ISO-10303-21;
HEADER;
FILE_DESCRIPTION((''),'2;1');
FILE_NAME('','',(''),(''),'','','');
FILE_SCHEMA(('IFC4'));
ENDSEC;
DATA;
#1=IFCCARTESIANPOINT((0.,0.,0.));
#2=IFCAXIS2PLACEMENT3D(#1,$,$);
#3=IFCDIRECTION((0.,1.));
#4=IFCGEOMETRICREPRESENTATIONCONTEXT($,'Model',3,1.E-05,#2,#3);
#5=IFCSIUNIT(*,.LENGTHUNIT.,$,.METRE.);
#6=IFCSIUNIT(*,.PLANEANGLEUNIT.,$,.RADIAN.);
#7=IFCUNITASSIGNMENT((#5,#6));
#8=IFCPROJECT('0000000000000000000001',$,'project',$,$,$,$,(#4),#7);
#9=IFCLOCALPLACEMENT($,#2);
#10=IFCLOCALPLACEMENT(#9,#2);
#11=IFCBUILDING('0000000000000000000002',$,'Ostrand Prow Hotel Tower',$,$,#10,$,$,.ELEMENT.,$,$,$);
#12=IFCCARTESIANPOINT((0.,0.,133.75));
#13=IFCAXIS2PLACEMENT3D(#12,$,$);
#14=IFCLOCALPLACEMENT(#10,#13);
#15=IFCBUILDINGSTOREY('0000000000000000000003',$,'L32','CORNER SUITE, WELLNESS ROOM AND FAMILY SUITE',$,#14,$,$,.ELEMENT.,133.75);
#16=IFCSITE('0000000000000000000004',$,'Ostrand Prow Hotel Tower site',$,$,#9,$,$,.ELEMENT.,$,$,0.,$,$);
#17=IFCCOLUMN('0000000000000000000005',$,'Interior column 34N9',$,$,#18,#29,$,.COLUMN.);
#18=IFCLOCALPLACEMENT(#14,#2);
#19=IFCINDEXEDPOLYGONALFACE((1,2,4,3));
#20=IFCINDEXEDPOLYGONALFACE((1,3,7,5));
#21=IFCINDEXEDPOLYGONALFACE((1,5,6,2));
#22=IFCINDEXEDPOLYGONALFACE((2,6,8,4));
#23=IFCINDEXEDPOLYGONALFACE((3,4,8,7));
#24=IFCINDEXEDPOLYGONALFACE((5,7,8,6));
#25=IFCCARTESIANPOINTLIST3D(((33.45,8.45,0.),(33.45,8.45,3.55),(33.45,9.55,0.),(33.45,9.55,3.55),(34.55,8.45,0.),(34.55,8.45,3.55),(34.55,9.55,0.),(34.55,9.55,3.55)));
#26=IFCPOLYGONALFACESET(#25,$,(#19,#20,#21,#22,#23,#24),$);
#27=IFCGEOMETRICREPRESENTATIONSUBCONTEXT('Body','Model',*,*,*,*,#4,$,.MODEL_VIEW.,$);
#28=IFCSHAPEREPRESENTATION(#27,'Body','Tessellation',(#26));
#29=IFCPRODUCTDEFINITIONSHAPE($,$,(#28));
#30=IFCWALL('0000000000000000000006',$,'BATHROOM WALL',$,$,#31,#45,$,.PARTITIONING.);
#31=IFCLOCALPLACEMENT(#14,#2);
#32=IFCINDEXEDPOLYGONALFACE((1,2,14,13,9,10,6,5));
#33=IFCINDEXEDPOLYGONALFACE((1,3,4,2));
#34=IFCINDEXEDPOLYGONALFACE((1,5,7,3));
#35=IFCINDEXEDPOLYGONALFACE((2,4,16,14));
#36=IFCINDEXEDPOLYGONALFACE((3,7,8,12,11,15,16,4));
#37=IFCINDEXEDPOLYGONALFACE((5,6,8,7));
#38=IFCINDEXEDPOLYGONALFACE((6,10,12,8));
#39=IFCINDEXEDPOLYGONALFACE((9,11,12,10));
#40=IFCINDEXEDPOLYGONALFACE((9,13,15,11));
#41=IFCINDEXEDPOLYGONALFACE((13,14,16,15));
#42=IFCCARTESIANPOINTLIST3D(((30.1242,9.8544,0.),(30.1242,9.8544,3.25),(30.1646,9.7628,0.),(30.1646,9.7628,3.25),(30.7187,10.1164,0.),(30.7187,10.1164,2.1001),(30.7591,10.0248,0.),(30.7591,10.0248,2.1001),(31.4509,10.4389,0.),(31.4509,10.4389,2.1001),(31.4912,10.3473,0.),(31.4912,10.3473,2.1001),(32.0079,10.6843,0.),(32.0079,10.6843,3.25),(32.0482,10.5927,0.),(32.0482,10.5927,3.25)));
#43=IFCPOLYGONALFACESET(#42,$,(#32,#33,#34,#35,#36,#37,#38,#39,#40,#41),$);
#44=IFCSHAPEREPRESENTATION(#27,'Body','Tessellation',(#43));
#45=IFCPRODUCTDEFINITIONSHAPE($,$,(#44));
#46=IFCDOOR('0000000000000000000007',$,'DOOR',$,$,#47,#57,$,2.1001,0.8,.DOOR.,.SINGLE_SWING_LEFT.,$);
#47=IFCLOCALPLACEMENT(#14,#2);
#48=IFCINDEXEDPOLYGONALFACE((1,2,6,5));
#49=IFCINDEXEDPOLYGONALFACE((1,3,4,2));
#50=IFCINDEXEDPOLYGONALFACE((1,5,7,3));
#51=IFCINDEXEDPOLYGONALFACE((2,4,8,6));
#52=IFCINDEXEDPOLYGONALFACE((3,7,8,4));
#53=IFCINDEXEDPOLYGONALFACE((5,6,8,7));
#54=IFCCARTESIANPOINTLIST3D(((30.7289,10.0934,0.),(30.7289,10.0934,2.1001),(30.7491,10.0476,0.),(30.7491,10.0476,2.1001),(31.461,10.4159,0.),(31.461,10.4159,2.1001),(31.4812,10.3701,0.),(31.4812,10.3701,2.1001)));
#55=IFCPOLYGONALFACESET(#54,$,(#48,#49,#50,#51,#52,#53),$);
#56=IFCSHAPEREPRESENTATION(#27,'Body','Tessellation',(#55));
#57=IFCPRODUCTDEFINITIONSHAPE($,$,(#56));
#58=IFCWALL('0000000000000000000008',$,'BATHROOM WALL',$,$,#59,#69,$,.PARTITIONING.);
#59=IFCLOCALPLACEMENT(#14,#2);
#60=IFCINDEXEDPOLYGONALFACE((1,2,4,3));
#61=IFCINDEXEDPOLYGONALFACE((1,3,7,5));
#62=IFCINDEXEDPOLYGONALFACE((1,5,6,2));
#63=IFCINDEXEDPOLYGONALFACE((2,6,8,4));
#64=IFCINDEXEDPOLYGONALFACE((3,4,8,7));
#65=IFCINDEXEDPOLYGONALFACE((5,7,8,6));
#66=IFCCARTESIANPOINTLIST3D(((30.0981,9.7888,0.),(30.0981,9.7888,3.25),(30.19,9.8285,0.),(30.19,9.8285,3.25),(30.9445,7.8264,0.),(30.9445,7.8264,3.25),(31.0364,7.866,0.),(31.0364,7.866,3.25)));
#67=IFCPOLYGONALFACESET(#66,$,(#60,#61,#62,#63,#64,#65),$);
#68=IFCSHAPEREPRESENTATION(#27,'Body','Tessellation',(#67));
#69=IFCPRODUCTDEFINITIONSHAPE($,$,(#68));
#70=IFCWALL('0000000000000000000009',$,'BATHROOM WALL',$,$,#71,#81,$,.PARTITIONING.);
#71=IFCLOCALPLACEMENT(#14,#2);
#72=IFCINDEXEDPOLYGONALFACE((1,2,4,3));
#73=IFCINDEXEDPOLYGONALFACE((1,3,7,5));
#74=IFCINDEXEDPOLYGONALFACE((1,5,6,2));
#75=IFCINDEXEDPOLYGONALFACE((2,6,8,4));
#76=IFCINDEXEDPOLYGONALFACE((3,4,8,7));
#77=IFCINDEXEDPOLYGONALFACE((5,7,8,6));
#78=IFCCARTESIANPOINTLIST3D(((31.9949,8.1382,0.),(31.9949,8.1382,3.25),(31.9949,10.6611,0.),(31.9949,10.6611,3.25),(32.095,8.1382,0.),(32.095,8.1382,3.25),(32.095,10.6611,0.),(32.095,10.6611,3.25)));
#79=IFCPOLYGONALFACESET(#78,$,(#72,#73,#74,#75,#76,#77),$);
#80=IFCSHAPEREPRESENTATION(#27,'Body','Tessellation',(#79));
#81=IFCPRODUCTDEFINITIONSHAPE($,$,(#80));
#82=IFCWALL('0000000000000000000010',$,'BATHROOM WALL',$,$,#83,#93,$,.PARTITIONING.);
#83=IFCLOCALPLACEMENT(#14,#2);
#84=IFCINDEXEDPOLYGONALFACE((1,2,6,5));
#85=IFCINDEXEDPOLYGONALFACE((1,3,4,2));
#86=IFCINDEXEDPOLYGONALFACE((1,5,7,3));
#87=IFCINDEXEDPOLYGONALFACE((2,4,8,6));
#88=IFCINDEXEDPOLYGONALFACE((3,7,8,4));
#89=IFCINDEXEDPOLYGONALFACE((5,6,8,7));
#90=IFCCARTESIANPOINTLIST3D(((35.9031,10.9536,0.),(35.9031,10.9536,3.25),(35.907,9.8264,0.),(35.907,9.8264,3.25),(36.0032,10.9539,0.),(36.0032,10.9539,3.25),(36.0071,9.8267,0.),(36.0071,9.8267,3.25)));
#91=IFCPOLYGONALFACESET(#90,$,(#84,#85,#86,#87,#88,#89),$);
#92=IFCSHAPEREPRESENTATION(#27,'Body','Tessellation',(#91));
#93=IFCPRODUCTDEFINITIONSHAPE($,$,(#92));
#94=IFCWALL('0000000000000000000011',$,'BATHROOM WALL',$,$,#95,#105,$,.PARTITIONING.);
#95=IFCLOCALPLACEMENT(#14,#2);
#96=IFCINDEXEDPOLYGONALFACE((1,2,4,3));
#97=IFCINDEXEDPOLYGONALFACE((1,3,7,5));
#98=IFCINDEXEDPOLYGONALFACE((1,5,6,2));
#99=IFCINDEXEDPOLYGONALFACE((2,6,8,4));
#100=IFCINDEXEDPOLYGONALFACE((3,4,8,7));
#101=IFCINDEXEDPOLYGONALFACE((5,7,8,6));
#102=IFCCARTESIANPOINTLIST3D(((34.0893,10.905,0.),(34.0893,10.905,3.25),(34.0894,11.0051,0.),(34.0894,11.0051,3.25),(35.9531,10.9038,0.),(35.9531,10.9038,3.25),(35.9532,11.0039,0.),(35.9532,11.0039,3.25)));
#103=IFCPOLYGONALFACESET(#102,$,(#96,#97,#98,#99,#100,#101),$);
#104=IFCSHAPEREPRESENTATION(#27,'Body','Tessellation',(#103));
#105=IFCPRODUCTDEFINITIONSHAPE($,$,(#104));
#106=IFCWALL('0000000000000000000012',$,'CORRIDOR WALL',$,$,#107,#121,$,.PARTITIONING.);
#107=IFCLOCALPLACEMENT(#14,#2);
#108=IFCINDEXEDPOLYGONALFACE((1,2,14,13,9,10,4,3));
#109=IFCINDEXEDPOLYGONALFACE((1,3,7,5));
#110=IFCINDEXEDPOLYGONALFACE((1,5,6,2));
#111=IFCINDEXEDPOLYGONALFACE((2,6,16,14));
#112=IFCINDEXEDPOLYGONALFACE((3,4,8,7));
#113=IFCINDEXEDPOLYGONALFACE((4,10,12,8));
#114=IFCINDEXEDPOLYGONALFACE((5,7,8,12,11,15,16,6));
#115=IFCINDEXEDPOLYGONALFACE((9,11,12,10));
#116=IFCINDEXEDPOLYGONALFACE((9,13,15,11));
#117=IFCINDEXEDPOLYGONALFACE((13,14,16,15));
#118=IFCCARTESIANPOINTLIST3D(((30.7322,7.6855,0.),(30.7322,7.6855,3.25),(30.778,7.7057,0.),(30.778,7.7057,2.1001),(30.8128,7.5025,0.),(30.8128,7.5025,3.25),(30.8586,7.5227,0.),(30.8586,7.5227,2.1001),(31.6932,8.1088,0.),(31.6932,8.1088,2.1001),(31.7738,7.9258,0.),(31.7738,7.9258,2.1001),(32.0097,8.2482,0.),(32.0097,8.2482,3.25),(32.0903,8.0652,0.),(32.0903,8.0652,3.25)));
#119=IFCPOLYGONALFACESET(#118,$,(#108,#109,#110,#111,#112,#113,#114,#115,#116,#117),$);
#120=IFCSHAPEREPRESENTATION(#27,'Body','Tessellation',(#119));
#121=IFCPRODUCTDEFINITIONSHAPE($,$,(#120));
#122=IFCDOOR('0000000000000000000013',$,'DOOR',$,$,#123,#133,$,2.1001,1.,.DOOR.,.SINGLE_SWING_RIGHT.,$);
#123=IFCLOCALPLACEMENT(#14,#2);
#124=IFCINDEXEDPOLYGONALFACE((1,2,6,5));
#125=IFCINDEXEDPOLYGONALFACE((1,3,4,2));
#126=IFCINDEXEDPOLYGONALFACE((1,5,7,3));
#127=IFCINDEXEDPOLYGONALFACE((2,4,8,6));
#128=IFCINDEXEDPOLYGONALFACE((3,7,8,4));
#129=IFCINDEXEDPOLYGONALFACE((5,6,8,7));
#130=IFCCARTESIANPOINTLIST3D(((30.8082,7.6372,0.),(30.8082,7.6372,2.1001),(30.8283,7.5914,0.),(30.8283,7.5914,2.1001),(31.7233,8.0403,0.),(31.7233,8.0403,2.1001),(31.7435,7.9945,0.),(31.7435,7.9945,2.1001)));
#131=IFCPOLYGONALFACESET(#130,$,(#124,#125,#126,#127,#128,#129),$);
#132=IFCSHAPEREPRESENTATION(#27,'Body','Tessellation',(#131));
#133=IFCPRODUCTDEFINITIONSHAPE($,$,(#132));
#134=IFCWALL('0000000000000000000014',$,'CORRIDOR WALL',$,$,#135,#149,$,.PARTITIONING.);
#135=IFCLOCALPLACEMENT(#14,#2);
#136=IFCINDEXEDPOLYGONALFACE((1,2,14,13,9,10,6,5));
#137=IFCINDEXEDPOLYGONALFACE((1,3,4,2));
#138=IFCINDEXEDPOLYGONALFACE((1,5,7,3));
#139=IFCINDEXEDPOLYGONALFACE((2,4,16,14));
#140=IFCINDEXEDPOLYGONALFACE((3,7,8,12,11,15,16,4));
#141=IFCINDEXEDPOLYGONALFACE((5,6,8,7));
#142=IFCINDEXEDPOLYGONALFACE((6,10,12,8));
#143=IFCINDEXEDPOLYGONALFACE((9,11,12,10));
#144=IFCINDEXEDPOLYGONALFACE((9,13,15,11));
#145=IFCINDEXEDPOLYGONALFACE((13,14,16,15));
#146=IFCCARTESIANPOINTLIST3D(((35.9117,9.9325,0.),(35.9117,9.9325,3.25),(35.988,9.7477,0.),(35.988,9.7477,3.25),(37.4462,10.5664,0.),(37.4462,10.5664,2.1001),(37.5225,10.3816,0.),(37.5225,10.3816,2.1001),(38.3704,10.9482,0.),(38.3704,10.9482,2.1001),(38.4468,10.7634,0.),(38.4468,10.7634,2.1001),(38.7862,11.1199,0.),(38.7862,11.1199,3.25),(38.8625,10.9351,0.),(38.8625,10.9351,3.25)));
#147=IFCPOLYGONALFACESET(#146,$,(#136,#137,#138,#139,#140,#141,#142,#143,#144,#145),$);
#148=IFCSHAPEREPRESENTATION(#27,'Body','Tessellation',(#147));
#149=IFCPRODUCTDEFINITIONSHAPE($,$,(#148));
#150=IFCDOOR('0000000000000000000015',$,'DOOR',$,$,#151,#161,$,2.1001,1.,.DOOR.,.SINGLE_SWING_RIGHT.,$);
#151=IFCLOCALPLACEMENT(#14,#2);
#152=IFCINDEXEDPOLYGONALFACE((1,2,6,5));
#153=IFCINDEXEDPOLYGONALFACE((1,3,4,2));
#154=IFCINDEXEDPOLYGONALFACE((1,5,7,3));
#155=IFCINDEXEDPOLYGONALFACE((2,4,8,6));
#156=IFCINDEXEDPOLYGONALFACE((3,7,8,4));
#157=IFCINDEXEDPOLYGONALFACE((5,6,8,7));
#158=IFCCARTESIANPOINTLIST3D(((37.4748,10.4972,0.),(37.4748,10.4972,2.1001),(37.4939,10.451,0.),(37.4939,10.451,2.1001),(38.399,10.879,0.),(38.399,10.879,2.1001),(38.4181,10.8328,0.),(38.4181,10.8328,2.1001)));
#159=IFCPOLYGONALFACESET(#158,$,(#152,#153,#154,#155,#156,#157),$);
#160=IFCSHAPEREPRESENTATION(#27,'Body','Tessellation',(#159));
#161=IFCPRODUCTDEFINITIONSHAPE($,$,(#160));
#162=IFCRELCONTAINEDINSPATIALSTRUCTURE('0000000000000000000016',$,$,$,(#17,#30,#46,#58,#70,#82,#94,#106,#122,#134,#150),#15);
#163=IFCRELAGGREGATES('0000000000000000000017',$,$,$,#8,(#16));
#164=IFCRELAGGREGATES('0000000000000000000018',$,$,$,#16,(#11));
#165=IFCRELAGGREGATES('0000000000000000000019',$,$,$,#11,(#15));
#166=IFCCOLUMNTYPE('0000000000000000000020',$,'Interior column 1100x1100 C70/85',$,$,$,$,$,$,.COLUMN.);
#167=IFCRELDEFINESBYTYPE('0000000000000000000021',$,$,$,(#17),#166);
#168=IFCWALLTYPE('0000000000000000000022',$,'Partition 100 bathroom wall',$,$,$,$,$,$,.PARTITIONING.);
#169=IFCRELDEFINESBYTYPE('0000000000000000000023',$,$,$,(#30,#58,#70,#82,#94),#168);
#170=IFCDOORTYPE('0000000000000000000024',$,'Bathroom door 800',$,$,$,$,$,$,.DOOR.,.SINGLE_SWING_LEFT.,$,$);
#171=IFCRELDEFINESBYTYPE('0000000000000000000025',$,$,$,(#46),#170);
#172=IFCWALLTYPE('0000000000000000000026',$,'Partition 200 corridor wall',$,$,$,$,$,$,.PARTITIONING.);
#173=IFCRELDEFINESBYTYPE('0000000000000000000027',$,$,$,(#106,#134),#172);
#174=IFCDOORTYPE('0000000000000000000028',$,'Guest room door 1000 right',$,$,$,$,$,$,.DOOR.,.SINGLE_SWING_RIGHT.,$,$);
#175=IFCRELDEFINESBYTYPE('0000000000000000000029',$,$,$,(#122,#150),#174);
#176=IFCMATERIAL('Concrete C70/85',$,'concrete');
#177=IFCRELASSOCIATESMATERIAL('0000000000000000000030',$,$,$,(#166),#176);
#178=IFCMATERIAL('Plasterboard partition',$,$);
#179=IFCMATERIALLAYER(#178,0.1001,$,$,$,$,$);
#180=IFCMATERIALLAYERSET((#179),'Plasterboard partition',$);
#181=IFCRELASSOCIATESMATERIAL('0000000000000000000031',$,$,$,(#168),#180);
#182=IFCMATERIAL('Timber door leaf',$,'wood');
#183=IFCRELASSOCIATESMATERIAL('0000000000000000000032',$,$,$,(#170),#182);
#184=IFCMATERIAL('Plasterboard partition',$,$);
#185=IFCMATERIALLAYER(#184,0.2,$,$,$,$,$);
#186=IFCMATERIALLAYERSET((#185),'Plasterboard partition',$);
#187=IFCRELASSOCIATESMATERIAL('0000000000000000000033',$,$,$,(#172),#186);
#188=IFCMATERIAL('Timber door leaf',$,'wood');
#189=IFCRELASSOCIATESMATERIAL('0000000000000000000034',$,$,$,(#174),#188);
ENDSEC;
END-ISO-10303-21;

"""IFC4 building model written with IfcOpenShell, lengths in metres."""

from ifc_helpers import new_model, si_unit, direction, frame, frame_2d, origin, origin_2d, place, context, subcontext, project, spatial, rectangle, extrude, material, layer, layer_set, material_profile, profile_set, type_object, element, fill, save


model = new_model("IFC4")

# Units and contexts
model_context = context("Model", 3, precision=1e-05, world=origin(), true_north=direction((0.0, 1.0)))
body_context = subcontext(model_context, "Body", "Model", "MODEL_VIEW")
ifc_project = project(units=[si_unit("LENGTHUNIT", "METRE"), si_unit("PLANEANGLEUNIT", "RADIAN")], contexts=[model_context])

# Site, building, storey
site_placement = place(None, origin())
site = spatial("IfcSite", under=ifc_project, at=site_placement, Name="Ostrand Prow Hotel Tower site", CompositionType="ELEMENT", RefElevation=0.0)
building_placement = place(site_placement, origin())
building = spatial("IfcBuilding", under=site, at=building_placement, Name="Ostrand Prow Hotel Tower", CompositionType="ELEMENT")
storey_placement = place(building_placement, frame((0.0, 0.0, 133.75)))
storey = spatial("IfcBuildingStorey", under=building, at=storey_placement, Name="L32", Description="CORNER SUITE, WELLNESS ROOM AND FAMILY SUITE", CompositionType="ELEMENT", Elevation=133.75)

# Column
ifc_material_1 = material(Name="Concrete C70/85", Category="concrete")
ifc_material_profile = material_profile(ifc_material_1, rectangle(XDim=1.1001, YDim=1.1001, at=origin_2d()), Name="RC 1100x1100")
ifc_profile_set = profile_set([ifc_material_profile], Name="Concrete C70/85")
column_type = type_object("IfcColumnType", Name="Interior column 1100x1100 C70/85", PredefinedType="COLUMN", material=ifc_profile_set)
column_placement = place(storey_placement, frame((34.0, 9.0, 0.0), z_axis=(0.0, 0.0, 1.0), x_axis=(1.0, 0.0, 0.0)))
element("IfcColumn", 1, at=column_placement, inside=storey, type_object=column_type, Name="Interior column 34N9", PredefinedType="COLUMN", context=body_context, shape_type="SweptSolid", body=[
    extrude(rectangle(XDim=1.1001, YDim=1.1001, at=origin_2d()), origin(), (0.0, 0.0, 1.0), 3.55),
])

# Wall, opening, door
ifc_material_2 = material(Name="Plasterboard partition")
ifc_layer_1 = layer(ifc_material_2, 0.1001)
ifc_layer_set_1 = layer_set([ifc_layer_1], Name="Plasterboard partition")
wall_type_1 = type_object("IfcWallType", Name="Partition 100 bathroom wall", PredefinedType="PARTITIONING", material=ifc_layer_set_1)
wall_1_placement = place(storey_placement, frame((30.1443, 9.8086, 0.0), z_axis=(0.0, 0.0, 1.0), x_axis=(0.915123, 0.403176, 0.0)))
wall_1 = element("IfcWall", 2, at=wall_1_placement, inside=storey, type_object=wall_type_1, Name="BATHROOM WALL", PredefinedType="PARTITIONING", context=body_context, shape_type="SweptSolid", body=[
    extrude(rectangle(XDim=2.0583, YDim=0.1001, at=frame_2d((1.0293, 0.0))), origin(), (0.0, 0.0, 1.0), 3.25),
])
opening_1_placement = place(wall_1_placement, frame((0.6499, 0.0, 0.0)))
opening_1 = element("IfcOpeningElement", 3, at=opening_1_placement, cuts=wall_1, PredefinedType="OPENING", context=body_context, shape_type="SweptSolid", body=[
    extrude(rectangle(XDim=0.8, YDim=2.1001, at=frame_2d((0.3999, 1.05))), frame((0.0, 0.0601, 0.0), z_axis=(0.0, -1.0, 0.0), x_axis=(1.0, 0.0, 0.0)), (0.0, 0.0, 1.0), 0.1201),
])
ifc_material_3 = material(Name="Timber door leaf", Category="wood")
door_type_1 = type_object("IfcDoorType", Name="Bathroom door 800", OperationType="SINGLE_SWING_LEFT", PredefinedType="DOOR", material=ifc_material_3)
door_1_placement = place(opening_1_placement, origin())
door_1 = element("IfcDoor", 4, at=door_1_placement, inside=storey, type_object=door_type_1, Name="DOOR", OperationType="SINGLE_SWING_LEFT", OverallHeight=2.1001, OverallWidth=0.8, PredefinedType="DOOR", context=body_context, shape_type="SweptSolid", body=[
    extrude(rectangle(XDim=0.8, YDim=2.1001, at=frame_2d((0.3999, 1.05))), frame((0.0, 0.0249, 0.0), z_axis=(0.0, -1.0, 0.0), x_axis=(1.0, 0.0, 0.0)), (0.0, 0.0, 1.0), 0.05),
])
fill(opening_1, door_1)

# Walls
wall_2_placement = place(storey_placement, frame((30.9905, 7.8462, 0.0), z_axis=(0.0, 0.0, 1.0), x_axis=(-0.396055, 0.918227, 0.0)))
element("IfcWall", 5, at=wall_2_placement, inside=storey, type_object=wall_type_1, Name="BATHROOM WALL", PredefinedType="PARTITIONING", context=body_context, shape_type="SweptSolid", body=[
    extrude(rectangle(XDim=2.1372, YDim=0.1001, at=frame_2d((1.0686, 0.0))), origin(), (0.0, 0.0, 1.0), 3.25),
])
wall_3_placement = place(storey_placement, frame((32.0449, 10.6611, 0.0), z_axis=(0.0, 0.0, 1.0), x_axis=(0.0, -1.0, 0.0)))
element("IfcWall", 6, at=wall_3_placement, inside=storey, type_object=wall_type_1, Name="BATHROOM WALL", PredefinedType="PARTITIONING", context=body_context, shape_type="SweptSolid", body=[
    extrude(rectangle(XDim=2.5229, YDim=0.1001, at=frame_2d((1.2615, 0.0))), origin(), (0.0, 0.0, 1.0), 3.25),
])
wall_4_placement = place(storey_placement, frame((35.957, 9.8267, 0.0), z_axis=(0.0, 0.0, 1.0), x_axis=(-0.003465, 0.999994, 0.0)))
element("IfcWall", 7, at=wall_4_placement, inside=storey, type_object=wall_type_1, Name="BATHROOM WALL", PredefinedType="PARTITIONING", context=body_context, shape_type="SweptSolid", body=[
    extrude(rectangle(XDim=1.1272, YDim=0.1001, at=frame_2d((0.5635, 0.0))), origin(), (0.0, 0.0, 1.0), 3.25),
])
wall_5_placement = place(storey_placement, frame((35.9531, 10.9539, 0.0), z_axis=(0.0, 0.0, 1.0), x_axis=(-1.0, 0.000655, 0.0)))
element("IfcWall", 8, at=wall_5_placement, inside=storey, type_object=wall_type_1, Name="BATHROOM WALL", PredefinedType="PARTITIONING", context=body_context, shape_type="SweptSolid", body=[
    extrude(rectangle(XDim=1.8638, YDim=0.1001, at=frame_2d((0.9319, 0.0))), origin(), (0.0, 0.0, 1.0), 3.25),
])

# Walls, openings, doors
ifc_material_4 = material(Name="Plasterboard partition")
ifc_layer_2 = layer(ifc_material_4, 0.2)
ifc_layer_set_2 = layer_set([ifc_layer_2], Name="Plasterboard partition")
wall_type_2 = type_object("IfcWallType", Name="Partition 200 corridor wall", PredefinedType="PARTITIONING", material=ifc_layer_set_2)
wall_6_placement = place(storey_placement, frame((32.05, 8.1567, 0.0), z_axis=(0.0, 0.0, 1.0), x_axis=(-0.915155, -0.403102, 0.0)))
wall_6 = element("IfcWall", 9, at=wall_6_placement, inside=storey, type_object=wall_type_2, Name="CORRIDOR WALL", PredefinedType="PARTITIONING", context=body_context, shape_type="SweptSolid", body=[
    extrude(rectangle(XDim=1.396, YDim=0.2, at=frame_2d((0.698, 0.0))), origin(), (0.0, 0.0, 1.0), 3.25),
])
opening_2_placement = place(wall_6_placement, frame((0.3459, 0.0, 0.0)))
opening_2 = element("IfcOpeningElement", 10, at=opening_2_placement, cuts=wall_6, PredefinedType="OPENING", context=body_context, shape_type="SweptSolid", body=[
    extrude(rectangle(XDim=1.0, YDim=2.1001, at=frame_2d((0.5, 1.05))), frame((0.0, 0.1099, 0.0), z_axis=(0.0, -1.0, 0.0), x_axis=(1.0, 0.0, 0.0)), (0.0, 0.0, 1.0), 0.22),
])
ifc_material_5 = material(Name="Timber door leaf", Category="wood")
door_type_2 = type_object("IfcDoorType", Name="Guest room door 1000 right", OperationType="SINGLE_SWING_RIGHT", PredefinedType="DOOR", material=ifc_material_5)
door_2_placement = place(opening_2_placement, origin())
door_2 = element("IfcDoor", 11, at=door_2_placement, inside=storey, type_object=door_type_2, Name="DOOR", OperationType="SINGLE_SWING_RIGHT", OverallHeight=2.1001, OverallWidth=1.0, PredefinedType="DOOR", context=body_context, shape_type="SweptSolid", body=[
    extrude(rectangle(XDim=1.0, YDim=2.1001, at=frame_2d((0.5, 1.05))), frame((0.0, 0.0249, 0.0), z_axis=(0.0, -1.0, 0.0), x_axis=(1.0, 0.0, 0.0)), (0.0, 0.0, 1.0), 0.05),
])
fill(opening_2, door_2)
wall_7_placement = place(storey_placement, frame((38.8245, 11.0276, 0.0), z_axis=(0.0, 0.0, 1.0), x_axis=(-0.924239, -0.381816, 0.0)))
wall_7 = element("IfcWall", 12, at=wall_7_placement, inside=storey, type_object=wall_type_2, Name="CORRIDOR WALL", PredefinedType="PARTITIONING", context=body_context, shape_type="SweptSolid", body=[
    extrude(rectangle(XDim=3.1101, YDim=0.2, at=frame_2d((1.5552, 0.0))), origin(), (0.0, 0.0, 1.0), 3.25),
])
opening_3_placement = place(wall_7_placement, frame((0.45, 0.0, 0.0)))
opening_3 = element("IfcOpeningElement", 13, at=opening_3_placement, cuts=wall_7, PredefinedType="OPENING", context=body_context, shape_type="SweptSolid", body=[
    extrude(rectangle(XDim=1.0, YDim=2.1001, at=frame_2d((0.5, 1.05))), frame((0.0, 0.1099, 0.0), z_axis=(0.0, -1.0, 0.0), x_axis=(1.0, 0.0, 0.0)), (0.0, 0.0, 1.0), 0.22),
])
door_3_placement = place(opening_3_placement, origin())
door_3 = element("IfcDoor", 14, at=door_3_placement, inside=storey, type_object=door_type_2, Name="DOOR", OperationType="SINGLE_SWING_RIGHT", OverallHeight=2.1001, OverallWidth=1.0, PredefinedType="DOOR", context=body_context, shape_type="SweptSolid", body=[
    extrude(rectangle(XDim=1.0, YDim=2.1001, at=frame_2d((0.5, 1.05))), frame((0.0, 0.0249, 0.0), z_axis=(0.0, -1.0, 0.0), x_axis=(1.0, 0.0, 0.0)), (0.0, 0.0, 1.0), 0.05),
])
fill(opening_3, door_3)

save(model, "model.ifc")
